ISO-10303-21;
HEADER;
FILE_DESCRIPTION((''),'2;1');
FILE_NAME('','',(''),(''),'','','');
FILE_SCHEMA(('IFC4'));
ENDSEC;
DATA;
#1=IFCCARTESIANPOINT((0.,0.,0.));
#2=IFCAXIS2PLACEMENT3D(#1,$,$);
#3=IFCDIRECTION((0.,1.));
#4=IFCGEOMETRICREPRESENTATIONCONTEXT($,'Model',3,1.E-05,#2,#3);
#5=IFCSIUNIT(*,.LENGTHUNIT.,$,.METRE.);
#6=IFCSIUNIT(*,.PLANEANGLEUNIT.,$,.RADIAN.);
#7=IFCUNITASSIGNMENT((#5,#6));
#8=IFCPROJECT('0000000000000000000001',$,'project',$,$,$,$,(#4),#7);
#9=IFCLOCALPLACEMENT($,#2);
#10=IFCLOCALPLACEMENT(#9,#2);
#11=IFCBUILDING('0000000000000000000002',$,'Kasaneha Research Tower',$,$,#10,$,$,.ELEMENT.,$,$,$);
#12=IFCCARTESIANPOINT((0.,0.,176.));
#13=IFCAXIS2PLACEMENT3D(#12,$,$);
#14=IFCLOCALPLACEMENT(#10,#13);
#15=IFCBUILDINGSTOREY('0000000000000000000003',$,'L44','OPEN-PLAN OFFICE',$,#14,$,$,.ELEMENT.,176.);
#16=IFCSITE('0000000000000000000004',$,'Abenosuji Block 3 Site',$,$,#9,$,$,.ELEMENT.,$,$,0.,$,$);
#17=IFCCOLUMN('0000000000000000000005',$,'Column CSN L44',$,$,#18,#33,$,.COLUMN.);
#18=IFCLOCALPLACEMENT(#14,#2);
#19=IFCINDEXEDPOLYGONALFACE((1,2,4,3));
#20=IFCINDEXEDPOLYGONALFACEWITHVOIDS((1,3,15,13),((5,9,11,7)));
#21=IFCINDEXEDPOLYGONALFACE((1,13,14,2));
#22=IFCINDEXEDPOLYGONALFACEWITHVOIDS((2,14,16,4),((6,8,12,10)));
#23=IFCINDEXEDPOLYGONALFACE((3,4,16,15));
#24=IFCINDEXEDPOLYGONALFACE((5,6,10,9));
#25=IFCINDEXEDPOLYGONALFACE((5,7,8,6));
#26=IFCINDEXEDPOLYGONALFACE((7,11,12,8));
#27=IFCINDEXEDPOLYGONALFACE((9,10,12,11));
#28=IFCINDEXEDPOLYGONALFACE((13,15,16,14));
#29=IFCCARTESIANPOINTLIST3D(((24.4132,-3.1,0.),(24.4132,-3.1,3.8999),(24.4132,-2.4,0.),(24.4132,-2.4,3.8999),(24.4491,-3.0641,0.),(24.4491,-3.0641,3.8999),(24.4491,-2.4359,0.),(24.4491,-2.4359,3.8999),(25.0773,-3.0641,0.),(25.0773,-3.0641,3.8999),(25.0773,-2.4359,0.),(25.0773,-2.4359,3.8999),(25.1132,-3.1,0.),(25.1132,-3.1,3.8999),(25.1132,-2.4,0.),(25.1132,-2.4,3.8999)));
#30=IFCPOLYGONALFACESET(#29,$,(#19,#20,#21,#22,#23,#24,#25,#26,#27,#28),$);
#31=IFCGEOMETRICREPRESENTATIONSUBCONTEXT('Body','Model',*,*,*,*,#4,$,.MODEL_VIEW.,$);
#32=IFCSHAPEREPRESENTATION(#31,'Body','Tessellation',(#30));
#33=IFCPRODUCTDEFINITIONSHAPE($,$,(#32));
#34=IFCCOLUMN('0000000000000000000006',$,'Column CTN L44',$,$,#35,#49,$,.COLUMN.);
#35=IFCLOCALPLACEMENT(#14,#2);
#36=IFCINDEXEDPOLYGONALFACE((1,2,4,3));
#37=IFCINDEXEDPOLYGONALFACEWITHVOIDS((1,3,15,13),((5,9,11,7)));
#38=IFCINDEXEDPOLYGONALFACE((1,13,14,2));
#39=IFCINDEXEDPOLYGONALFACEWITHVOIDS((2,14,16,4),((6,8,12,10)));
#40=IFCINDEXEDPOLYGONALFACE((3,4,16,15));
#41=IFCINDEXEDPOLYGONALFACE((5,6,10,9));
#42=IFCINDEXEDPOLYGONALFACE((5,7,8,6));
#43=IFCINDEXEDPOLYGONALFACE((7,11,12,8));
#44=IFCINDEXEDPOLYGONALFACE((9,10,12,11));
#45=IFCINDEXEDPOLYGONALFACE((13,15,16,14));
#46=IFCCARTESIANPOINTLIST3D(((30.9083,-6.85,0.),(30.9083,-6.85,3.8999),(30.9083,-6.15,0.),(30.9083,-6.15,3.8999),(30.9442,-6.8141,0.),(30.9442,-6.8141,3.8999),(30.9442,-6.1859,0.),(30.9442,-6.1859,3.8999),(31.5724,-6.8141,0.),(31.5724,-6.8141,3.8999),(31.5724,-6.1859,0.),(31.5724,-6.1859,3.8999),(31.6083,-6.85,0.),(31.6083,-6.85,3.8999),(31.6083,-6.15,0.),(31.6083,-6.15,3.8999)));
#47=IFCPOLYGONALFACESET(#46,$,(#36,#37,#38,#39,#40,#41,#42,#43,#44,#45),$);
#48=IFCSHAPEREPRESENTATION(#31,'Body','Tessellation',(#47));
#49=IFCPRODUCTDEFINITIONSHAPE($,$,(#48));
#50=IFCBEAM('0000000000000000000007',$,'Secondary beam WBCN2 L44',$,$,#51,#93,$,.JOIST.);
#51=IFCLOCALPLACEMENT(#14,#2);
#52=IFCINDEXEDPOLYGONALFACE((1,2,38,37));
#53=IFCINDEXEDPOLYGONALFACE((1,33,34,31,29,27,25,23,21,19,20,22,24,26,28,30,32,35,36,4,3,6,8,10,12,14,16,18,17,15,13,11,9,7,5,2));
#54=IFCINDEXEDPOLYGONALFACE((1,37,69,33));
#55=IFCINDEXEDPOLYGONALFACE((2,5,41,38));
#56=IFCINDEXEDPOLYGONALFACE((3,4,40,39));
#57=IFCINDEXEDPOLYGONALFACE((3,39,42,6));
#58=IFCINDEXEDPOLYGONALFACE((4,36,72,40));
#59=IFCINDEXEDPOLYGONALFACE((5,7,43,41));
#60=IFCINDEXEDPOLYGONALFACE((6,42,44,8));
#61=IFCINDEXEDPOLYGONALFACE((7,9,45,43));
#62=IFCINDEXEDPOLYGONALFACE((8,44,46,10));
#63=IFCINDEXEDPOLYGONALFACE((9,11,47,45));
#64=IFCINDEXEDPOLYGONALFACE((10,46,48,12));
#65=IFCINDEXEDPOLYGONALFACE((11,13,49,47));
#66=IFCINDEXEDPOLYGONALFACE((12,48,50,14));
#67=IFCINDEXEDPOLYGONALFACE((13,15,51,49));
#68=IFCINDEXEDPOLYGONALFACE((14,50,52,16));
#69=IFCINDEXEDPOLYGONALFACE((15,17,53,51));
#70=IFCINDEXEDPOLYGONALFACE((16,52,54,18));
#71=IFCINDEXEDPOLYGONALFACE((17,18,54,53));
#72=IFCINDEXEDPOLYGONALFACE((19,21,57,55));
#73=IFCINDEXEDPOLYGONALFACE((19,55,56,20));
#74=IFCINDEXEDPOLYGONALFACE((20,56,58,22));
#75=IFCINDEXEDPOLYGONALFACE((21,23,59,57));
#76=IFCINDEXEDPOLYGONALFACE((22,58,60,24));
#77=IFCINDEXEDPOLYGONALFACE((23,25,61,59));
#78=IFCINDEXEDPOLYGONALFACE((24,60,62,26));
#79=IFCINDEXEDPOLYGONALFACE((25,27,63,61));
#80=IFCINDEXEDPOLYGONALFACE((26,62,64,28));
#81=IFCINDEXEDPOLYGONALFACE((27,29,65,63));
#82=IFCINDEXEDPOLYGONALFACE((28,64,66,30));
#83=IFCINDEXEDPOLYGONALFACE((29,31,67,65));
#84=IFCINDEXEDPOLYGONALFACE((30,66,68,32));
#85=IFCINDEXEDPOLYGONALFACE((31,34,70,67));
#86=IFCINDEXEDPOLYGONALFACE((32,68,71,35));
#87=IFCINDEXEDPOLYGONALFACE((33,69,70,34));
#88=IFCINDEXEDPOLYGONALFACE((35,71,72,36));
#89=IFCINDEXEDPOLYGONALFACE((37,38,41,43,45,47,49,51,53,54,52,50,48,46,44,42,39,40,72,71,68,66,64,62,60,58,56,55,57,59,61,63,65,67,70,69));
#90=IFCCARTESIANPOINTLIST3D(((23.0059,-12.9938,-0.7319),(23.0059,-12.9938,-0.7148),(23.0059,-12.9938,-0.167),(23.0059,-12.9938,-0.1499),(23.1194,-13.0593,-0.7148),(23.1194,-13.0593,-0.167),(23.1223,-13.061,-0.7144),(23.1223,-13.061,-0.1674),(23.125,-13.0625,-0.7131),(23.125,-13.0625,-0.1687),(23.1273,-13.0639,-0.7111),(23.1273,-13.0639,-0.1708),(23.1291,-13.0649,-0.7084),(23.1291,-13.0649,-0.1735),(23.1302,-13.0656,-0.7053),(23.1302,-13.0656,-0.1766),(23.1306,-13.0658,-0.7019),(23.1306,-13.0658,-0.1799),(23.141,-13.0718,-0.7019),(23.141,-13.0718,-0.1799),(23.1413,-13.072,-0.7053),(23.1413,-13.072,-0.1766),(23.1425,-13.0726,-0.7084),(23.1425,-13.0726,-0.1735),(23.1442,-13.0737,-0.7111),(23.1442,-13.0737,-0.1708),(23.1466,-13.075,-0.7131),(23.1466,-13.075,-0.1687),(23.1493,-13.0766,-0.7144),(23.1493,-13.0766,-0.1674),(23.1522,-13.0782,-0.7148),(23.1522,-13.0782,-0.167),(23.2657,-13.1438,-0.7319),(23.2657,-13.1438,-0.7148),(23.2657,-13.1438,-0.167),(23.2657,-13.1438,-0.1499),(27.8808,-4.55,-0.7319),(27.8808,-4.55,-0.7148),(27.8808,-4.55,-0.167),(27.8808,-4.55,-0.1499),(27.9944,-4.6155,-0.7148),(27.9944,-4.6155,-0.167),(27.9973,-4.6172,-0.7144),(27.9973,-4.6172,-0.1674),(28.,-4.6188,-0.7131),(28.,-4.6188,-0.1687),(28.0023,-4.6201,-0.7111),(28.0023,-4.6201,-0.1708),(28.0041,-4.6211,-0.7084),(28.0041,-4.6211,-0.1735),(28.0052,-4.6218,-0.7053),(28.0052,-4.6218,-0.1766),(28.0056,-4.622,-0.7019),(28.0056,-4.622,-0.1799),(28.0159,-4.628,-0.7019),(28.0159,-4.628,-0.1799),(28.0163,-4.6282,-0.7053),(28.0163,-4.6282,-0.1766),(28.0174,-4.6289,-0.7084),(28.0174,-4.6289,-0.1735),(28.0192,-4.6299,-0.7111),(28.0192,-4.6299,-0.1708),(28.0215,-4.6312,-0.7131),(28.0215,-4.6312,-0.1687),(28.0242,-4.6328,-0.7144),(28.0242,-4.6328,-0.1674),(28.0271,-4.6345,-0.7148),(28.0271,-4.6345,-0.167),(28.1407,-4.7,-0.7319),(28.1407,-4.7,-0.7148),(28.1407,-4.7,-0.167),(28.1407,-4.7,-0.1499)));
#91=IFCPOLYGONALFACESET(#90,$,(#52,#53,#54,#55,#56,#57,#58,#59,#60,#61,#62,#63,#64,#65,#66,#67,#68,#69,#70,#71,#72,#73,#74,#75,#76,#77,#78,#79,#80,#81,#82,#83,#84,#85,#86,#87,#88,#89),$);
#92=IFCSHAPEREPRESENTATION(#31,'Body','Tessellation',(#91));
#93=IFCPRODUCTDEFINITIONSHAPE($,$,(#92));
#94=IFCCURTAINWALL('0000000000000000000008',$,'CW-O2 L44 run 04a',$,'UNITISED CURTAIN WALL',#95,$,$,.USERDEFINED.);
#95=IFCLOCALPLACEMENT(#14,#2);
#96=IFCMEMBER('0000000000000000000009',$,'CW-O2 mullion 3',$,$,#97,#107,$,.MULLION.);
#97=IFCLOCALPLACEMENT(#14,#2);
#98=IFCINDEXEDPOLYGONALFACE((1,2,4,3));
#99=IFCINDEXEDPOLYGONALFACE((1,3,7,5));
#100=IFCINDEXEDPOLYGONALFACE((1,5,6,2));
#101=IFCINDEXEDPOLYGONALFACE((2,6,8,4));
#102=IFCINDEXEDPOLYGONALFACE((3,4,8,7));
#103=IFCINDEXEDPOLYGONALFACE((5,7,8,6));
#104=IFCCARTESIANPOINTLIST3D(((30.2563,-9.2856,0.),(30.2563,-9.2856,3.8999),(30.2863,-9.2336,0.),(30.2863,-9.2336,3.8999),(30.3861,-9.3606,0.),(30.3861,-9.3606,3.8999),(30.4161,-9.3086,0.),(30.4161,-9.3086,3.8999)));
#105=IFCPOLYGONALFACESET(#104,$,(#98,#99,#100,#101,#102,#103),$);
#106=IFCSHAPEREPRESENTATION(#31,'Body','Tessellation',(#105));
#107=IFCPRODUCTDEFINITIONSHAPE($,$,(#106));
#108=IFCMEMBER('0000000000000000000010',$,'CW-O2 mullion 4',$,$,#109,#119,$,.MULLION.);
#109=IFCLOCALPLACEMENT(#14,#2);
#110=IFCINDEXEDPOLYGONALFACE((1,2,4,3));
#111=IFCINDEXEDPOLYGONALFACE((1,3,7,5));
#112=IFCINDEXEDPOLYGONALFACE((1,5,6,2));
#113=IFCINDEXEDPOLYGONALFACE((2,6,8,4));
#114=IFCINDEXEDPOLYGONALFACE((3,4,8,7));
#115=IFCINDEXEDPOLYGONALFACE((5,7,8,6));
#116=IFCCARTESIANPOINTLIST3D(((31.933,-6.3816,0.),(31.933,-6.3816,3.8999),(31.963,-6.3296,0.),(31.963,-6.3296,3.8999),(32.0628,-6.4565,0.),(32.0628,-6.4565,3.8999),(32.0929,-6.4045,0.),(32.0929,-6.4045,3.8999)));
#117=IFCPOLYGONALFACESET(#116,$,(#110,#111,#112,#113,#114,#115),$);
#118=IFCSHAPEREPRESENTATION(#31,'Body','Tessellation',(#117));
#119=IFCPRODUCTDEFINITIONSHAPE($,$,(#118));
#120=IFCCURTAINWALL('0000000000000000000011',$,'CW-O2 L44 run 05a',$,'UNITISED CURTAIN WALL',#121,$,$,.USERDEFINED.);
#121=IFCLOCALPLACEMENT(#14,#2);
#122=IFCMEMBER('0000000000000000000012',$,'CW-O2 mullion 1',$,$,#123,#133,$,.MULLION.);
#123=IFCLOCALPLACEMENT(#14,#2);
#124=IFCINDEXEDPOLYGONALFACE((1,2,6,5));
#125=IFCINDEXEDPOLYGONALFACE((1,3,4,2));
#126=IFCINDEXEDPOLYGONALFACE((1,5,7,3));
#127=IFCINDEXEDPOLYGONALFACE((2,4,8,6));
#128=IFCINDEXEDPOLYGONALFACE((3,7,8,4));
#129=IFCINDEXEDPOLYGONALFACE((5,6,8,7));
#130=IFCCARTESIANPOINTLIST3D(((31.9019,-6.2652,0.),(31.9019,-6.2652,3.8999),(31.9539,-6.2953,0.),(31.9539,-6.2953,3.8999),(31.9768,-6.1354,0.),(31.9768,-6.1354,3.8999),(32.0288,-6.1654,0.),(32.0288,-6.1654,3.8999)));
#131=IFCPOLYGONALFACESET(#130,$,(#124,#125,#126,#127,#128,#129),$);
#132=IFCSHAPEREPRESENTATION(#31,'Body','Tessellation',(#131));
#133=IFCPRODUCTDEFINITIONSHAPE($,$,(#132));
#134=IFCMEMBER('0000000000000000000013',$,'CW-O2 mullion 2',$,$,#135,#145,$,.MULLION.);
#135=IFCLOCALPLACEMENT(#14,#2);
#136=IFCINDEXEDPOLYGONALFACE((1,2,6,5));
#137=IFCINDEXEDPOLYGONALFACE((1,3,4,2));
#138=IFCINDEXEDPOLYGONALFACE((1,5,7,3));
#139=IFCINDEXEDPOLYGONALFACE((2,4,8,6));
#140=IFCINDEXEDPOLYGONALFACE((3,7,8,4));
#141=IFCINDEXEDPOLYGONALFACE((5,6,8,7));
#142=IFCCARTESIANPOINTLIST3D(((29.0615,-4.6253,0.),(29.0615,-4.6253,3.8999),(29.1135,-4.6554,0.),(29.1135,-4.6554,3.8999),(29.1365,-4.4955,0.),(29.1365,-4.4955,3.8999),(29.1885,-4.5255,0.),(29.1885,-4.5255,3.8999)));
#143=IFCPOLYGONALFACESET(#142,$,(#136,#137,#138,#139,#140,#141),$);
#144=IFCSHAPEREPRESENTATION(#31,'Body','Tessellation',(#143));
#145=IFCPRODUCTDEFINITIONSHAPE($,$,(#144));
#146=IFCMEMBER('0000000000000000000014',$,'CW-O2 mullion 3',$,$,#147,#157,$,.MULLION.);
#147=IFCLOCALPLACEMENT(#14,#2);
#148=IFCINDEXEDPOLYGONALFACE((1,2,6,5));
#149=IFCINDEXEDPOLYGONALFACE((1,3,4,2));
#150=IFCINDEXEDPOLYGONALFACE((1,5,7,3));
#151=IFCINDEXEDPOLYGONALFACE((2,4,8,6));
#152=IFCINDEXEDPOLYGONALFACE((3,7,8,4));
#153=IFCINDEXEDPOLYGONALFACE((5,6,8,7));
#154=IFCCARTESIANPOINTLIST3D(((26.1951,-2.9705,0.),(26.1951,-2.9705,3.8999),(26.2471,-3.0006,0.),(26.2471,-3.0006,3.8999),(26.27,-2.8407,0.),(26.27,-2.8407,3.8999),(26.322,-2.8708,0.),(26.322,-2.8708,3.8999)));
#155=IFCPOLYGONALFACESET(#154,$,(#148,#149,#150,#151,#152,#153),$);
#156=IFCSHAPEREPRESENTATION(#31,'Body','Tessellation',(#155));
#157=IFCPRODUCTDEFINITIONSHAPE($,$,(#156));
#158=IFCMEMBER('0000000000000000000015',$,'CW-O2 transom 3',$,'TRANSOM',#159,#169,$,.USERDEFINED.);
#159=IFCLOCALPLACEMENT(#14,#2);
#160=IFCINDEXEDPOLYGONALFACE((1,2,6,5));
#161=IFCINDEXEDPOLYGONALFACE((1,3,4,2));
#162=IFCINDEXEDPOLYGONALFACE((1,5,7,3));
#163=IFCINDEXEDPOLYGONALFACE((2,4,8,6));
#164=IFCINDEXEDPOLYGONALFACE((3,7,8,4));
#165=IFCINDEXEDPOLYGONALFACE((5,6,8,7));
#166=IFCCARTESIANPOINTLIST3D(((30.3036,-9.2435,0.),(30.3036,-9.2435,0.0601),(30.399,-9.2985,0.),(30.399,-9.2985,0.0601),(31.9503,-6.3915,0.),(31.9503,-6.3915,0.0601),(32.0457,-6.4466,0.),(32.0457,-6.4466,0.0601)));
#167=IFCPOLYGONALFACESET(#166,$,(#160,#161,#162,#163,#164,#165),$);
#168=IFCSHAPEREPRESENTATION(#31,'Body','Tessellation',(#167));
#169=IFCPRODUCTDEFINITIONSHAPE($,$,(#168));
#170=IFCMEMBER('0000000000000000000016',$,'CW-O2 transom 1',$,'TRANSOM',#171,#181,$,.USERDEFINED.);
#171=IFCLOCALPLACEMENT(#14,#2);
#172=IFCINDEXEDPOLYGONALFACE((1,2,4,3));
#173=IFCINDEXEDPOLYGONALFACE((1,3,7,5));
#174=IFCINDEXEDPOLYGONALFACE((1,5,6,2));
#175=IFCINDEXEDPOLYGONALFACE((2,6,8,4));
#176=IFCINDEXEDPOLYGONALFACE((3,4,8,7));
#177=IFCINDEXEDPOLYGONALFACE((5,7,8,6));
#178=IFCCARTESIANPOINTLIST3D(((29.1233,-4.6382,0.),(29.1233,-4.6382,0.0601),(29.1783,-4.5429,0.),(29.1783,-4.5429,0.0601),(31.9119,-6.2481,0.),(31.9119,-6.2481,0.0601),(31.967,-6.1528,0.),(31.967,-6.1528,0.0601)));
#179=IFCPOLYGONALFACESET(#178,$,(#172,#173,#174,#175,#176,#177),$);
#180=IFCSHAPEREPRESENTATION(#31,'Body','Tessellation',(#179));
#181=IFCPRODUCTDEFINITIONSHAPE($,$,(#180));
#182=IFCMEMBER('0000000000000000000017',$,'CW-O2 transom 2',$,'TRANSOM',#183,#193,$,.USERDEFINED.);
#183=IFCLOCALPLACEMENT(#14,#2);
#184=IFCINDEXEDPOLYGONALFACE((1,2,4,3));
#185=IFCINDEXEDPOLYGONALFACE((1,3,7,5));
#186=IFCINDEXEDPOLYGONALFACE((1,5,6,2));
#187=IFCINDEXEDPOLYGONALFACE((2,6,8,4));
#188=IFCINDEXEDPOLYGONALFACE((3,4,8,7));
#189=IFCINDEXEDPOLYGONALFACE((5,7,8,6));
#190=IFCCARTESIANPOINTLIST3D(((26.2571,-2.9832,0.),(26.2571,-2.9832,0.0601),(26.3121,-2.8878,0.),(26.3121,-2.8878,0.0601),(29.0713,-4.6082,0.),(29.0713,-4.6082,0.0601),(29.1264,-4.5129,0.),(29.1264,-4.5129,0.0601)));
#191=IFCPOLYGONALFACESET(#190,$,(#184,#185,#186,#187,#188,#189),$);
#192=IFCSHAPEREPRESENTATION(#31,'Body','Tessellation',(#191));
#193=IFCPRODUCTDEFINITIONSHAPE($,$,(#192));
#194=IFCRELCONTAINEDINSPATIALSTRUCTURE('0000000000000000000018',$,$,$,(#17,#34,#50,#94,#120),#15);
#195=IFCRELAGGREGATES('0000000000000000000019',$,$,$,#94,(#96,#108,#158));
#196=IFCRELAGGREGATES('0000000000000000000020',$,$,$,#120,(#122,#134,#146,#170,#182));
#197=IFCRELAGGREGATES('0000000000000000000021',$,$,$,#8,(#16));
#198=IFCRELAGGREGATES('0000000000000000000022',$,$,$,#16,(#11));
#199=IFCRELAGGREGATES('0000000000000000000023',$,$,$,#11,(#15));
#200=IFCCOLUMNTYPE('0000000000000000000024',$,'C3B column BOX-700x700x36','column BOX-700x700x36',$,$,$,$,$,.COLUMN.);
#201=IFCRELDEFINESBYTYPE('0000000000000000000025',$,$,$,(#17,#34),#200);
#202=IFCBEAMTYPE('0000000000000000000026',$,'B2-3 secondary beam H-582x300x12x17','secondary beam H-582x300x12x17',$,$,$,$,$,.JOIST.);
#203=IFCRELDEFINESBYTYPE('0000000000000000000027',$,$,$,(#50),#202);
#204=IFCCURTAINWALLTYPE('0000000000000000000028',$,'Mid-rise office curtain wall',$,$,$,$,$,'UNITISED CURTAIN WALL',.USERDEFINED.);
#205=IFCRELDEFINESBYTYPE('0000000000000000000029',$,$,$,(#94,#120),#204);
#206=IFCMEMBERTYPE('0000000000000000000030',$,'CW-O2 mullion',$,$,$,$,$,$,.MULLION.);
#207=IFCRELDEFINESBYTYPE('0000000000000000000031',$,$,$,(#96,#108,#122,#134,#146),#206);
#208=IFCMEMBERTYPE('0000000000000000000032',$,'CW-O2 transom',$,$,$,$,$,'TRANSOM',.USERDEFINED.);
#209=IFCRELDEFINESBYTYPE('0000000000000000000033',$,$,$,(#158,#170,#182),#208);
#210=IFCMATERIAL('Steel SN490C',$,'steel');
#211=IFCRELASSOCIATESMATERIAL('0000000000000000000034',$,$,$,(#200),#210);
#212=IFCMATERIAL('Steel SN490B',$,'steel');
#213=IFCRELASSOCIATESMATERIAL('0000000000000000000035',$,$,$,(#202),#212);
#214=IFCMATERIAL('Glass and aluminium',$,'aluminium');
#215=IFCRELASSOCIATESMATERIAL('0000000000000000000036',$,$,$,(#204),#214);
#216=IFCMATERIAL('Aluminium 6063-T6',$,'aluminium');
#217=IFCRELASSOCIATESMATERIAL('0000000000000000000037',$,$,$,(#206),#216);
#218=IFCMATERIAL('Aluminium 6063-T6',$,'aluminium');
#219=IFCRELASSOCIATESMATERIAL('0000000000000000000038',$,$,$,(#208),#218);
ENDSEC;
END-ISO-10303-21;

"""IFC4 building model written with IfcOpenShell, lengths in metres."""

from ifc_helpers import new_model, si_unit, direction, frame, origin, origin_2d, place, context, subcontext, project, spatial, rectangle, hollow_rectangle, i_section, extrude, material, material_profile, profile_set, type_object, element, aggregate, save


model = new_model("IFC4")

# Units and contexts
model_context = context("Model", 3, precision=1e-05, world=origin(), true_north=direction((0.0, 1.0)))
body_context = subcontext(model_context, "Body", "Model", "MODEL_VIEW")
ifc_project = project(units=[si_unit("LENGTHUNIT", "METRE"), si_unit("PLANEANGLEUNIT", "RADIAN")], contexts=[model_context])

# Site, building, storey
site_placement = place(None, origin())
site = spatial("IfcSite", under=ifc_project, at=site_placement, Name="Abenosuji Block 3 Site", CompositionType="ELEMENT", RefElevation=0.0)
building_placement = place(site_placement, origin())
building = spatial("IfcBuilding", under=site, at=building_placement, Name="Kasaneha Research Tower", CompositionType="ELEMENT")
storey_placement = place(building_placement, frame((0.0, 0.0, 176.0)))
storey = spatial("IfcBuildingStorey", under=building, at=storey_placement, Name="L44", Description="OPEN-PLAN OFFICE", CompositionType="ELEMENT", Elevation=176.0)

# Columns
ifc_material_1 = material(Name="Steel SN490C", Category="steel")
ifc_material_profile_1 = material_profile(ifc_material_1, hollow_rectangle(XDim=0.7, YDim=0.7, WallThickness=0.0359, at=origin_2d()), Name="BOX-700x700x36")
ifc_profile_set_1 = profile_set([ifc_material_profile_1], Name="Steel SN490C")
column_type = type_object("IfcColumnType", Name="C3B column BOX-700x700x36", Description="column BOX-700x700x36", PredefinedType="COLUMN", material=ifc_profile_set_1)
for number, where, z_axis, x_axis, name in (
    (1, (24.7632, -2.75, 0.0), (0.0, 0.0, 1.0), (1.0, 0.0, 0.0), "Column CSN L44"),
    (2, (31.2583, -6.5, 0.0), (0.0, 0.0, 1.0), (1.0, 0.0, 0.0), "Column CTN L44"),
):
    element("IfcColumn", number, at=place(storey_placement, frame(where, z_axis=z_axis, x_axis=x_axis)), inside=storey, type_object=column_type, Name=name, PredefinedType="COLUMN", context=body_context, shape_type="SweptSolid", body=[
        extrude(hollow_rectangle(XDim=0.7, YDim=0.7, WallThickness=0.0359, at=origin_2d()), origin(), (0.0, 0.0, 1.0), 3.8999),
    ])

# Beam
ifc_material_2 = material(Name="Steel SN490B", Category="steel")
ifc_material_profile_2 = material_profile(ifc_material_2, i_section(OverallWidth=0.3, OverallDepth=0.582, WebThickness=0.012, FlangeThickness=0.0171, FilletRadius=0.0129, at=origin_2d()), Name="H-582x300x12x17")
ifc_profile_set_2 = profile_set([ifc_material_profile_2], Name="Steel SN490B")
beam_type_1 = type_object("IfcBeamType", Name="B2-3 secondary beam H-582x300x12x17", Description="secondary beam H-582x300x12x17", PredefinedType="JOIST", material=ifc_profile_set_2)
beam_1_placement = place(storey_placement, frame((28.0107, -4.625, -0.4409), z_axis=(-0.499996, -0.866028, 0.0), x_axis=(0.866028, -0.499996, 0.0)))
element("IfcBeam", 3, at=beam_1_placement, inside=storey, type_object=beam_type_1, Name="Secondary beam WBCN2 L44", PredefinedType="JOIST", context=body_context, shape_type="SweptSolid", body=[
    extrude(i_section(OverallWidth=0.3, OverallDepth=0.582, WebThickness=0.012, FlangeThickness=0.0171, FilletRadius=0.0129, at=origin_2d()), origin(), (0.0, 0.0, 1.0), 9.75),
])

# Curtain walls, members
ifc_material_3 = material(Name="Glass and aluminium", Category="aluminium")
curtain_wall_type = type_object("IfcCurtainWallType", Name="Mid-rise office curtain wall", ElementType="UNITISED CURTAIN WALL", PredefinedType="USERDEFINED", material=ifc_material_3)
curtain_wall_1_placement = place(storey_placement, origin())
curtain_wall_1 = element("IfcCurtainWall", 4, at=curtain_wall_1_placement, inside=storey, type_object=curtain_wall_type, Name="CW-O2 L44 run 04a", ObjectType="UNITISED CURTAIN WALL", PredefinedType="USERDEFINED")
ifc_material_4 = material(Name="Aluminium 6063-T6", Category="aluminium")
ifc_material_profile_3 = material_profile(ifc_material_4, rectangle(XDim=0.0601, YDim=0.1499, at=origin_2d()), Name="CW-O2 mullion 60x150")
ifc_profile_set_3 = profile_set([ifc_material_profile_3], Name="Aluminium 6063-T6")
member_type_1 = type_object("IfcMemberType", Name="CW-O2 mullion", PredefinedType="MULLION", material=ifc_profile_set_3)
member_1_placement = place(storey_placement, frame((30.3362, -9.2971, 0.0), z_axis=(0.0, 0.0, 1.0), x_axis=(0.5, 0.866025, 0.0)))
member_1 = element("IfcMember", 5, at=member_1_placement, type_object=member_type_1, Name="CW-O2 mullion 3", PredefinedType="MULLION", context=body_context, shape_type="SweptSolid", body=[
    extrude(rectangle(XDim=0.0601, YDim=0.1499, at=origin_2d()), origin(), (0.0, 0.0, 1.0), 3.8999),
])
member_2_placement = place(storey_placement, frame((32.0129, -6.3931, 0.0), z_axis=(0.0, 0.0, 1.0), x_axis=(0.5, 0.866025, 0.0)))
member_2 = element("IfcMember", 6, at=member_2_placement, type_object=member_type_1, Name="CW-O2 mullion 4", PredefinedType="MULLION", context=body_context, shape_type="SweptSolid", body=[
    extrude(rectangle(XDim=0.0601, YDim=0.1499, at=origin_2d()), origin(), (0.0, 0.0, 1.0), 3.8999),
])
curtain_wall_2_placement = place(storey_placement, origin())
curtain_wall_2 = element("IfcCurtainWall", 7, at=curtain_wall_2_placement, inside=storey, type_object=curtain_wall_type, Name="CW-O2 L44 run 05a", ObjectType="UNITISED CURTAIN WALL", PredefinedType="USERDEFINED")
member_3_placement = place(storey_placement, frame((31.9653, -6.2153, 0.0), z_axis=(0.0, 0.0, 1.0), x_axis=(-0.866025, 0.5, 0.0)))
member_3 = element("IfcMember", 8, at=member_3_placement, type_object=member_type_1, Name="CW-O2 mullion 1", PredefinedType="MULLION", context=body_context, shape_type="SweptSolid", body=[
    extrude(rectangle(XDim=0.0601, YDim=0.1499, at=origin_2d()), origin(), (0.0, 0.0, 1.0), 3.8999),
])
member_4_placement = place(storey_placement, frame((29.125, -4.5754, 0.0), z_axis=(0.0, 0.0, 1.0), x_axis=(-0.866025, 0.5, 0.0)))
member_4 = element("IfcMember", 9, at=member_4_placement, type_object=member_type_1, Name="CW-O2 mullion 2", PredefinedType="MULLION", context=body_context, shape_type="SweptSolid", body=[
    extrude(rectangle(XDim=0.0601, YDim=0.1499, at=origin_2d()), origin(), (0.0, 0.0, 1.0), 3.8999),
])
member_5_placement = place(storey_placement, frame((26.2585, -2.9207, 0.0), z_axis=(0.0, 0.0, 1.0), x_axis=(-0.866025, 0.5, 0.0)))
member_5 = element("IfcMember", 10, at=member_5_placement, type_object=member_type_1, Name="CW-O2 mullion 3", PredefinedType="MULLION", context=body_context, shape_type="SweptSolid", body=[
    extrude(rectangle(XDim=0.0601, YDim=0.1499, at=origin_2d()), origin(), (0.0, 0.0, 1.0), 3.8999),
])

# Members
ifc_material_5 = material(Name="Aluminium 6063-T6", Category="aluminium")
ifc_material_profile_4 = material_profile(ifc_material_5, rectangle(XDim=0.1101, YDim=0.0601, at=origin_2d()), Name="CW-O2 transom 110x60")
ifc_profile_set_4 = profile_set([ifc_material_profile_4], Name="Aluminium 6063-T6")
member_type_2 = type_object("IfcMemberType", Name="CW-O2 transom", ElementType="TRANSOM", PredefinedType="USERDEFINED", material=ifc_profile_set_4)
member_6_placement = place(storey_placement, frame((30.3513, -9.271, 0.03), z_axis=(0.500022, 0.866013, 0.0), x_axis=(-0.866013, 0.500022, 0.0)))
member_6 = element("IfcMember", 11, at=member_6_placement, type_object=member_type_2, Name="CW-O2 transom 3", ObjectType="TRANSOM", PredefinedType="USERDEFINED", context=body_context, shape_type="SweptSolid", body=[
    extrude(rectangle(XDim=0.1101, YDim=0.0601, at=origin_2d()), origin(), (0.0, 0.0, 1.0), 3.2932),
])
member_7_placement = place(storey_placement, frame((31.9395, -6.2004, 0.03), z_axis=(-0.866042, 0.499972, 0.0), x_axis=(-0.499972, -0.866042, 0.0)))
member_7 = element("IfcMember", 12, at=member_7_placement, type_object=member_type_2, Name="CW-O2 transom 1", ObjectType="TRANSOM", PredefinedType="USERDEFINED", context=body_context, shape_type="SweptSolid", body=[
    extrude(rectangle(XDim=0.1101, YDim=0.0601, at=origin_2d()), origin(), (0.0, 0.0, 1.0), 3.22),
])
member_8_placement = place(storey_placement, frame((29.0989, -4.5605, 0.03), z_axis=(-0.865997, 0.50005, 0.0), x_axis=(-0.50005, -0.865997, 0.0)))
member_8 = element("IfcMember", 13, at=member_8_placement, type_object=member_type_2, Name="CW-O2 transom 2", ObjectType="TRANSOM", PredefinedType="USERDEFINED", context=body_context, shape_type="SweptSolid", body=[
    extrude(rectangle(XDim=0.1101, YDim=0.0601, at=origin_2d()), origin(), (0.0, 0.0, 1.0), 3.2498),
])

aggregate(curtain_wall_1, [member_1, member_2, member_6])
aggregate(curtain_wall_2, [member_3, member_4, member_5, member_7, member_8])

save(model, "model.ifc")
